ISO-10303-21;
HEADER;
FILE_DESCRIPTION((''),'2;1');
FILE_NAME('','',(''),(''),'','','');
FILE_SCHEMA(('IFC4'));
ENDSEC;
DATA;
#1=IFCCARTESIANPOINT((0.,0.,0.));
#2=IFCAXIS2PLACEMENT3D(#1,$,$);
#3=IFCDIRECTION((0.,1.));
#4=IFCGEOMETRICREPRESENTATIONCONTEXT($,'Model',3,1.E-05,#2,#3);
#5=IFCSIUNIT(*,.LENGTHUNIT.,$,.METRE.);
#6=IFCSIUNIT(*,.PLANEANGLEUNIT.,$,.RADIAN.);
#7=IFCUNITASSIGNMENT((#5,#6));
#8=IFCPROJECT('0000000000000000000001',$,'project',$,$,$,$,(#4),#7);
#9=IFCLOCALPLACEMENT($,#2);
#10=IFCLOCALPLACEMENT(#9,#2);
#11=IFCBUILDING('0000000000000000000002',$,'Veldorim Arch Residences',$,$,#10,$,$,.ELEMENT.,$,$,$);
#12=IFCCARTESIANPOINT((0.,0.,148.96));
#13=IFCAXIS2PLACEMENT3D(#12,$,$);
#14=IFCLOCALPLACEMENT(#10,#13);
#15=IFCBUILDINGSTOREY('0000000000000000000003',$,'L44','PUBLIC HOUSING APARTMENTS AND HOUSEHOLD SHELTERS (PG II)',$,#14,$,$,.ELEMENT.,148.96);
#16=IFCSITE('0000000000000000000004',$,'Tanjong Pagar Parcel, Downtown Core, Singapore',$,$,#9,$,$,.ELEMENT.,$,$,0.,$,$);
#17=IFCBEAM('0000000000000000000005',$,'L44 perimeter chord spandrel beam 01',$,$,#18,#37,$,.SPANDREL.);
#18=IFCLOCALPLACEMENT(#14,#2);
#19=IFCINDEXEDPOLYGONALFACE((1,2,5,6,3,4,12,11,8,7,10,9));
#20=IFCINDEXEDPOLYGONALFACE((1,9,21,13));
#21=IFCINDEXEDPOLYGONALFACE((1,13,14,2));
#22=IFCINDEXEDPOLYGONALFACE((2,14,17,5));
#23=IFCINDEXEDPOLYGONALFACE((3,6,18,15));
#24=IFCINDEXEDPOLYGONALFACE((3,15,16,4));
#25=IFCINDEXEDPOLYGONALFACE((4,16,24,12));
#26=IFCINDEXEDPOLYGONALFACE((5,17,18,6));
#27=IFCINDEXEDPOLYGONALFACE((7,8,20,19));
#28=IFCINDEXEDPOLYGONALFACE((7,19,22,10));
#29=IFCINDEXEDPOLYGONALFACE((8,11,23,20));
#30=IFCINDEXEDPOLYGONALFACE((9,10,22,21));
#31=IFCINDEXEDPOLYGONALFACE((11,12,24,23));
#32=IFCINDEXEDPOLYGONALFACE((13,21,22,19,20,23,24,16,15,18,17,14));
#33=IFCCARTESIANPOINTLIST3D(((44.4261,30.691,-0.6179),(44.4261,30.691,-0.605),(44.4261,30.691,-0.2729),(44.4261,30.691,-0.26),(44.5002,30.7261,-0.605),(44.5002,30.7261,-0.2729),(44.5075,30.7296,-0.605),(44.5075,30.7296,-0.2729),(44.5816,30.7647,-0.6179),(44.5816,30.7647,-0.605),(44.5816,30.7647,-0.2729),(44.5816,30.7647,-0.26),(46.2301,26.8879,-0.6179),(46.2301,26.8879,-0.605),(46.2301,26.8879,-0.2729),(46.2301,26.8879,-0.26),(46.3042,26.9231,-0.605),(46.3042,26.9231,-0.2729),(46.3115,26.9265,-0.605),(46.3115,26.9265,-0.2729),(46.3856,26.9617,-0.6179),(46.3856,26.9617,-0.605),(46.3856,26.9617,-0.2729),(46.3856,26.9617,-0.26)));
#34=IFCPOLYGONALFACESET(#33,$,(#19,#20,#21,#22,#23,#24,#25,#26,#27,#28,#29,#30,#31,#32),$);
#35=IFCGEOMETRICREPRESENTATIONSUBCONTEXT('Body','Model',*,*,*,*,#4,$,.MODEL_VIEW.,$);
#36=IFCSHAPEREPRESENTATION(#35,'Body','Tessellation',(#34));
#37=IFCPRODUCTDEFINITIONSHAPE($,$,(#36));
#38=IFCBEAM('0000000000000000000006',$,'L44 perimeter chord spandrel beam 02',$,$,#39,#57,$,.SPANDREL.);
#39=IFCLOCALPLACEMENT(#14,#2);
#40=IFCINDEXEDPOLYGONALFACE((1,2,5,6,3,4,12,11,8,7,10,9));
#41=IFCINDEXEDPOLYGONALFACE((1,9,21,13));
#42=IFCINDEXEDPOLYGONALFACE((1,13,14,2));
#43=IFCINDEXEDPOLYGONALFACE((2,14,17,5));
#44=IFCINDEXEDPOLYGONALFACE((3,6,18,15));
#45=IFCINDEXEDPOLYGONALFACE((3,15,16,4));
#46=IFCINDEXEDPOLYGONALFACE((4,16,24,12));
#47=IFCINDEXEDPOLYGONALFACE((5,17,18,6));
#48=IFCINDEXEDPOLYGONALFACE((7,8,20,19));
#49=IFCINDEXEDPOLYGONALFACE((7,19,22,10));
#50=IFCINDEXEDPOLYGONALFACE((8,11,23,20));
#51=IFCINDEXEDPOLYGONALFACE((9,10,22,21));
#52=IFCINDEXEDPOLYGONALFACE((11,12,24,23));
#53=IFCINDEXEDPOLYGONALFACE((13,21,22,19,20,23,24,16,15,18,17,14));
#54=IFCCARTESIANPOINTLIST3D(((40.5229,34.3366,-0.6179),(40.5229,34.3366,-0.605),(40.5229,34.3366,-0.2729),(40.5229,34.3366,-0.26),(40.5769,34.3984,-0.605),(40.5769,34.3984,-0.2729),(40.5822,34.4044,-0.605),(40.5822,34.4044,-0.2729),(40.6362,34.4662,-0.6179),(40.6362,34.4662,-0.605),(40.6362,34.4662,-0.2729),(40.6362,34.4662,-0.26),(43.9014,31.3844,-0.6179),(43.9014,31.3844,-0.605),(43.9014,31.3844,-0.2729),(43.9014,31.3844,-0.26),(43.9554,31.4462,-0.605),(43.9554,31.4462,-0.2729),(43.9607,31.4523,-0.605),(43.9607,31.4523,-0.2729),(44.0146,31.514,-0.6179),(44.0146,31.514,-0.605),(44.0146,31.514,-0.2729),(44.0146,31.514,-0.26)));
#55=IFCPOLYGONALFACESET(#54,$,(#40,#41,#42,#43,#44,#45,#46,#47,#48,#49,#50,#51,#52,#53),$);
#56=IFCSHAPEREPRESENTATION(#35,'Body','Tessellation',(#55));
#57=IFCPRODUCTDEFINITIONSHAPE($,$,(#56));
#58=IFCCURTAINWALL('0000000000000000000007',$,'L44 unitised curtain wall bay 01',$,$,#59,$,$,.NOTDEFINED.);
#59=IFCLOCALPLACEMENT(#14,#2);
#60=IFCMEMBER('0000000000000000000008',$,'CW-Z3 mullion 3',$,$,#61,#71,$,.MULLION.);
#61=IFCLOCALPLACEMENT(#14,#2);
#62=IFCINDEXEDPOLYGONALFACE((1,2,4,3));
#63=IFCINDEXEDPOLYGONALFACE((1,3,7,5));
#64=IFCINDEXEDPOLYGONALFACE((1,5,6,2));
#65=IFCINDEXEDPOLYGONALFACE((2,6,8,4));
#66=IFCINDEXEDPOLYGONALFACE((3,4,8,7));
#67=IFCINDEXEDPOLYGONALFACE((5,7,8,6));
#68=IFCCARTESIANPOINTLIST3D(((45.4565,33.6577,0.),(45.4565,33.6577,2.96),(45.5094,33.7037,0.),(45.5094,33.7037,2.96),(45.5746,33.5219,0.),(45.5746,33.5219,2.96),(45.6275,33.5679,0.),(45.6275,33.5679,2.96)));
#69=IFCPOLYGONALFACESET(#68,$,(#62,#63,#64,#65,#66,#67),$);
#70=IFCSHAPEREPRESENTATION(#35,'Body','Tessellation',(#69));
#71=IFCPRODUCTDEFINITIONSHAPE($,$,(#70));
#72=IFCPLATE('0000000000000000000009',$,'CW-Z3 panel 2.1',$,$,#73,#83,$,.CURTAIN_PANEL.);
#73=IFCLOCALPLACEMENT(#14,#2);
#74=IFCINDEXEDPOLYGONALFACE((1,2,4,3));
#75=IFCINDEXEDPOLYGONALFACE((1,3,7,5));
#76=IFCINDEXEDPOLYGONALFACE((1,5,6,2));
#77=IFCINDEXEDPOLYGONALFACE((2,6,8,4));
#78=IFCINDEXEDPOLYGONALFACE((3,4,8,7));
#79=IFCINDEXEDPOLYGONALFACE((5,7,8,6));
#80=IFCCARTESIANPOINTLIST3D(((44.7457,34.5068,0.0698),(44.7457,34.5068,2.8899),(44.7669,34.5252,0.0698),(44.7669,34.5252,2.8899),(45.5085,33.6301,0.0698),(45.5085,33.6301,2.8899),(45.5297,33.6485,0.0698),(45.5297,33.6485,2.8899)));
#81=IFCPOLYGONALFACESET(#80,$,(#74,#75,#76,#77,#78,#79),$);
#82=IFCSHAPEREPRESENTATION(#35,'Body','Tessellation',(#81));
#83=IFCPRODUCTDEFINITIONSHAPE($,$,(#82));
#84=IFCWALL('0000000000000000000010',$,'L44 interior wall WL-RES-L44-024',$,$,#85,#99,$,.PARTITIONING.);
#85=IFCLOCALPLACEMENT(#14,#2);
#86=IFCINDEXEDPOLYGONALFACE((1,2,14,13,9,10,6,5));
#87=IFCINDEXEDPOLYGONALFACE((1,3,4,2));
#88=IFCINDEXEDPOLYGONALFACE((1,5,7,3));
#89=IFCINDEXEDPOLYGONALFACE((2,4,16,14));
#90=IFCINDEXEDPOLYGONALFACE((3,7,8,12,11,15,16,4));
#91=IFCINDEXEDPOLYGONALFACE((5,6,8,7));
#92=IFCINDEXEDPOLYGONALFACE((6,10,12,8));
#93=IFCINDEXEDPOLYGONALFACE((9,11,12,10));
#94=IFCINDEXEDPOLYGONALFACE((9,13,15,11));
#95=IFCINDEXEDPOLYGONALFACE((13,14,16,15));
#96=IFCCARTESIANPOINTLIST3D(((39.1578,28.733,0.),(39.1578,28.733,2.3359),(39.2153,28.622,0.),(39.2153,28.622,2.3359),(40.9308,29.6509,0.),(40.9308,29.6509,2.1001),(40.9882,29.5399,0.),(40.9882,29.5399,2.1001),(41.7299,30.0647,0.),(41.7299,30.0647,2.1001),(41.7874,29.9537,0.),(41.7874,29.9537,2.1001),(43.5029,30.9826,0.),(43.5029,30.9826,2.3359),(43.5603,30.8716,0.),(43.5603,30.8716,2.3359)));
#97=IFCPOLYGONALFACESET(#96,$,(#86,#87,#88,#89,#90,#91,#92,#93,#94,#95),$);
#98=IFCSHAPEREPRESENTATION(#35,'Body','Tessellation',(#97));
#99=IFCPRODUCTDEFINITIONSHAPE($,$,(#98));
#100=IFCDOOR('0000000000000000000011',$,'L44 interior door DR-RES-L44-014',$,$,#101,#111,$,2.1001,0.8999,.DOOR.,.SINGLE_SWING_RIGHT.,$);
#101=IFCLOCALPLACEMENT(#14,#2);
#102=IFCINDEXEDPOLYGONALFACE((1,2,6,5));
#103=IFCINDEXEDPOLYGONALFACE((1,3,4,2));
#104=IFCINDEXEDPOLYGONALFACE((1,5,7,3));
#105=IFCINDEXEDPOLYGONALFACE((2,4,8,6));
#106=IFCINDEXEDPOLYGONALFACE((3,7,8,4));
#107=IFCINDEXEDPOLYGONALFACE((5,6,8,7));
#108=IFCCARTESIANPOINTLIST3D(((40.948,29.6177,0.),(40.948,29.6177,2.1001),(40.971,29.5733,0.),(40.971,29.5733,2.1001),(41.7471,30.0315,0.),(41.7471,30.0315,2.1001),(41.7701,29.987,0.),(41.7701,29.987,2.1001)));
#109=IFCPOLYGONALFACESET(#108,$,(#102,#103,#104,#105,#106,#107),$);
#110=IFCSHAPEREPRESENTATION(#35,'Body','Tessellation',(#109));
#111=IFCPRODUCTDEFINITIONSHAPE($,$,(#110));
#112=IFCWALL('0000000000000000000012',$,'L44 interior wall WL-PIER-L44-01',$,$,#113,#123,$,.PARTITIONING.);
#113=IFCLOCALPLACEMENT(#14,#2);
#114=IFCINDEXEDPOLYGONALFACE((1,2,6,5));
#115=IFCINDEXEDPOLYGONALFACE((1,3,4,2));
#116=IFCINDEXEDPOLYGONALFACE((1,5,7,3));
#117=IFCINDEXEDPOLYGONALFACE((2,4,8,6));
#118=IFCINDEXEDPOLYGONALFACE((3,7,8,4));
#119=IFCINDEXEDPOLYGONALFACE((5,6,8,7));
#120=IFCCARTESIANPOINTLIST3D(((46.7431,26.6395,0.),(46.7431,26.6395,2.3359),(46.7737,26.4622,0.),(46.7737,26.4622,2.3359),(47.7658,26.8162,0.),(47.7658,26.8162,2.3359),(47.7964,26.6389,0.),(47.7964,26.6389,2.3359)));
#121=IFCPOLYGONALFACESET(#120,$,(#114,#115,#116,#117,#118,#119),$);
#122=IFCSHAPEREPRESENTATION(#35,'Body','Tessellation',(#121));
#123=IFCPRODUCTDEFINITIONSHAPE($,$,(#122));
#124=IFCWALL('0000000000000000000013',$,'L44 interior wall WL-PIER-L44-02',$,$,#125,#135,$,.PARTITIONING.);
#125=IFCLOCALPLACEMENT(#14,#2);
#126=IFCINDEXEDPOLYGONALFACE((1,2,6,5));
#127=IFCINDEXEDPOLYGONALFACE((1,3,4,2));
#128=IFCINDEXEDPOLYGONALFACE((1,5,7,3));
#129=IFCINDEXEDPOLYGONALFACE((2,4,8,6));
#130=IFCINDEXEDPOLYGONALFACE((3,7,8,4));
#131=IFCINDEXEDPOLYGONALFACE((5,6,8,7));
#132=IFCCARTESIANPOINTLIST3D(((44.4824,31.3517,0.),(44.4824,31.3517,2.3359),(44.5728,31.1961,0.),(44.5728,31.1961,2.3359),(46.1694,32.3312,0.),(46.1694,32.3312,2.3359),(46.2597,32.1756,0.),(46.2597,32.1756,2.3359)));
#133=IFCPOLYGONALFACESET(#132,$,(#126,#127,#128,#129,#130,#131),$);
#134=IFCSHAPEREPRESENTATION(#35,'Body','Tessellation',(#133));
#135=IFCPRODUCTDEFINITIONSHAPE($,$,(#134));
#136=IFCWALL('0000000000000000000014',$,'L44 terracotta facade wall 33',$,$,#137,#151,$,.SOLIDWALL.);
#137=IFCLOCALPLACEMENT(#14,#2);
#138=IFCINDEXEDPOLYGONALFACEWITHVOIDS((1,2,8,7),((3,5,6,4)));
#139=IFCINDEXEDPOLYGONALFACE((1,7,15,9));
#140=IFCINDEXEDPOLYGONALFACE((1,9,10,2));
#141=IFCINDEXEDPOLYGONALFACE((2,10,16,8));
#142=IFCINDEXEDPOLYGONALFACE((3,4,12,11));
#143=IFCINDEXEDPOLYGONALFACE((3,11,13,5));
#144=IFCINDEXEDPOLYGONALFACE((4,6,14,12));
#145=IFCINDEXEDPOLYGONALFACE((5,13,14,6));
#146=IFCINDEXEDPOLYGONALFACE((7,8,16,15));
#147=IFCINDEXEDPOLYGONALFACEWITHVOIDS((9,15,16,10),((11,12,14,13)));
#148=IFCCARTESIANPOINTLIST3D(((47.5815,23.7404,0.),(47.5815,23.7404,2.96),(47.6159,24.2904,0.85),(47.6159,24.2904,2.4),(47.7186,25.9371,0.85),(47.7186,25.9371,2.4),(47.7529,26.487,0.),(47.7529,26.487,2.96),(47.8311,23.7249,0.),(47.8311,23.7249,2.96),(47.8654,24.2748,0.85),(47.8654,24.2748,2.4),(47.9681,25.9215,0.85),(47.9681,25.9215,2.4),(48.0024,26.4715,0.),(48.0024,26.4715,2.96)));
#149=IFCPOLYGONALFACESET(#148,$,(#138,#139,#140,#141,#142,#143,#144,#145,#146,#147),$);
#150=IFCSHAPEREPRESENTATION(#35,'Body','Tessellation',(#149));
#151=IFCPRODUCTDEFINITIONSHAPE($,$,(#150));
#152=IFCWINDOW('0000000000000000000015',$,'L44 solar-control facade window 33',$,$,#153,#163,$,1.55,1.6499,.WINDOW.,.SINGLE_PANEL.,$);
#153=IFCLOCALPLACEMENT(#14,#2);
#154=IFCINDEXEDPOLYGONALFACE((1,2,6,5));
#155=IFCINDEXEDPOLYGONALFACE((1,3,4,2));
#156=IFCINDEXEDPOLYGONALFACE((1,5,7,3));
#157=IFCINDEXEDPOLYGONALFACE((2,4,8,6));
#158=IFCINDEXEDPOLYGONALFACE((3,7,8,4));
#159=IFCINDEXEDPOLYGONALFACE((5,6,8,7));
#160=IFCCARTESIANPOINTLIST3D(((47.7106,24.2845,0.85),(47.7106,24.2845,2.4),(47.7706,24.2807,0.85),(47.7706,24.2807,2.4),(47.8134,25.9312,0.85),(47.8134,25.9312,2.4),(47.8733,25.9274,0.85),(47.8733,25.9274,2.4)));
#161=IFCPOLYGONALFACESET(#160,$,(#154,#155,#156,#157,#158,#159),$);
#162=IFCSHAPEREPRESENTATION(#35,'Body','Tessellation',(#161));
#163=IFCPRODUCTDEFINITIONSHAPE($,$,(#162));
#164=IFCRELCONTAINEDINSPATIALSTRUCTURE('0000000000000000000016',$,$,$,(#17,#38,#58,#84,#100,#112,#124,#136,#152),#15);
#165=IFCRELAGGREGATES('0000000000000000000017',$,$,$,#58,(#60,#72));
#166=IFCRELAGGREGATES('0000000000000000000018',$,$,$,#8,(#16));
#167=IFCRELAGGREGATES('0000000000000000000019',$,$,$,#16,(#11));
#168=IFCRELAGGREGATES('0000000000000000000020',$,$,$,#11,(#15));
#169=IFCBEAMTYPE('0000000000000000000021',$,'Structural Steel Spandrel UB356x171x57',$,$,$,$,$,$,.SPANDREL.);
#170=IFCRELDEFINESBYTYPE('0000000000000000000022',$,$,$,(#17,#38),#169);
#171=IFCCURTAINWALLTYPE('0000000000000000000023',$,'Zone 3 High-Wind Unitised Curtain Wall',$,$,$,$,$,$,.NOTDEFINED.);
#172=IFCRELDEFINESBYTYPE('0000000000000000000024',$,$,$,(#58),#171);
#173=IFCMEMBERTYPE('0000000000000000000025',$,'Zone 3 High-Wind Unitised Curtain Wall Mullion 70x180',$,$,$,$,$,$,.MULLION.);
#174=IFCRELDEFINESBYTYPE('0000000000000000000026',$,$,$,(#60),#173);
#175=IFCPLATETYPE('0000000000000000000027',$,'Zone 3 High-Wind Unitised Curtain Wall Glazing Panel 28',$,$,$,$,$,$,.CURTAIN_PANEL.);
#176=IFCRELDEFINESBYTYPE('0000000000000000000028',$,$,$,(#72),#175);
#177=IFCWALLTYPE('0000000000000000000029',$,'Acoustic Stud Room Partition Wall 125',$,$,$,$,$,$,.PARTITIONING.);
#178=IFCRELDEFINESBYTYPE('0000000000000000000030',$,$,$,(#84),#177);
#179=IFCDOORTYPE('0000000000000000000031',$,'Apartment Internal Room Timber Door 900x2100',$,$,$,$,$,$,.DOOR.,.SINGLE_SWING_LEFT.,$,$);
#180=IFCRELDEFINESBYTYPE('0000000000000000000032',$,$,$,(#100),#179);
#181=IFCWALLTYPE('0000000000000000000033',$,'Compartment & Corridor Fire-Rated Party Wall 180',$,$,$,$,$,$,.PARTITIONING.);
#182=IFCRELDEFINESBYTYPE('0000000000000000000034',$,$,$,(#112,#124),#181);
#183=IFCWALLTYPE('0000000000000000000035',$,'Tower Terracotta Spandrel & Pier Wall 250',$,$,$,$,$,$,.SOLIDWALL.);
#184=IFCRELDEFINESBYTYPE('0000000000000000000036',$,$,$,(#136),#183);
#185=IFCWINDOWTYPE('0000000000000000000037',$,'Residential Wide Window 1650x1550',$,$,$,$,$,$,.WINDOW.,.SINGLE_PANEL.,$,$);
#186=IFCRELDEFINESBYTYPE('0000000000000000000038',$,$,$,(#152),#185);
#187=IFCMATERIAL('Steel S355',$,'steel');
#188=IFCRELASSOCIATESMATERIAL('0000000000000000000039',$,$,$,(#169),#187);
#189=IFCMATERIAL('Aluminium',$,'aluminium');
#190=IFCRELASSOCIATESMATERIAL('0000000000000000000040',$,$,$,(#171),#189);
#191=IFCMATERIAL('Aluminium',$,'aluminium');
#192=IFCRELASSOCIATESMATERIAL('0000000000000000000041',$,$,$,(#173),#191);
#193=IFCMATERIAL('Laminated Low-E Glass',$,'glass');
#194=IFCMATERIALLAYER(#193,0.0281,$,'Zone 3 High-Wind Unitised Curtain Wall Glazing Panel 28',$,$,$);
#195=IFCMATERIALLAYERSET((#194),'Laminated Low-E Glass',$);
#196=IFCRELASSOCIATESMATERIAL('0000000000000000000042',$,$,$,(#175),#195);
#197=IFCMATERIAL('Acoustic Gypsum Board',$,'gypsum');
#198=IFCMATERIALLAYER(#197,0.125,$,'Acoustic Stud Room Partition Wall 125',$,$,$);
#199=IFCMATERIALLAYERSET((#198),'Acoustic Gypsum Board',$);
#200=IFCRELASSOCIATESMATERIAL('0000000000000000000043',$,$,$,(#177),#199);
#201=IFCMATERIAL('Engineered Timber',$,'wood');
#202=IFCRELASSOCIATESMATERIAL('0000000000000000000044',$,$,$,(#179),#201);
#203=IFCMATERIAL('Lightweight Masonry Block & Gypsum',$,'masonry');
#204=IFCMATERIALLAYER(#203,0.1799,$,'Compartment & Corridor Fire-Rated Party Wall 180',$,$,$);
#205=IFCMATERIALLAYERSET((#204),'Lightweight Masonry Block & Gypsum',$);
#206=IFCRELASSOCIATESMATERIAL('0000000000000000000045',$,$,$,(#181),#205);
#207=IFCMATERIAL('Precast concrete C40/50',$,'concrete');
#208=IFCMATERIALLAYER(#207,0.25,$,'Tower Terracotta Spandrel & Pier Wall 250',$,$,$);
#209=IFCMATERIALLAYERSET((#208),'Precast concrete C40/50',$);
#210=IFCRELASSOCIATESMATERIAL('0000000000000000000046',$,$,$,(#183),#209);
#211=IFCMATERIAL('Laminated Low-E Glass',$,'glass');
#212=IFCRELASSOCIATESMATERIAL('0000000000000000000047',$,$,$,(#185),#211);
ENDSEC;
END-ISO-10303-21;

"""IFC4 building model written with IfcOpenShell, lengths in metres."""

from ifc_helpers import new_model, si_unit, direction, frame, frame_2d, origin, origin_2d, place, context, subcontext, project, spatial, rectangle, i_section, extrude, material, layer, layer_set, material_profile, profile_set, type_object, element, fill, aggregate, save


model = new_model("IFC4")

# Units and contexts
model_context = context("Model", 3, precision=1e-05, world=origin(), true_north=direction((0.0, 1.0)))
body_context = subcontext(model_context, "Body", "Model", "MODEL_VIEW")
ifc_project = project(units=[si_unit("LENGTHUNIT", "METRE"), si_unit("PLANEANGLEUNIT", "RADIAN")], contexts=[model_context])

# Site, building, storey
site_placement = place(None, origin())
site = spatial("IfcSite", under=ifc_project, at=site_placement, Name="Tanjong Pagar Parcel, Downtown Core, Singapore", CompositionType="ELEMENT", RefElevation=0.0)
building_placement = place(site_placement, origin())
building = spatial("IfcBuilding", under=site, at=building_placement, Name="Veldorim Arch Residences", CompositionType="ELEMENT")
storey_placement = place(building_placement, frame((0.0, 0.0, 148.96)))
storey = spatial("IfcBuildingStorey", under=building, at=storey_placement, Name="L44", Description="PUBLIC HOUSING APARTMENTS AND HOUSEHOLD SHELTERS (PG II)", CompositionType="ELEMENT", Elevation=148.96)

# Beams
ifc_material_1 = material(Name="Steel S355", Category="steel")
ifc_material_profile_1 = material_profile(ifc_material_1, i_section(OverallWidth=0.1721, OverallDepth=0.3579, WebThickness=0.0081, FlangeThickness=0.0129, at=origin_2d()), Name="UB356x171x57")
ifc_profile_set_1 = profile_set([ifc_material_profile_1], Name="Steel S355")
beam_type_1 = type_object("IfcBeamType", Name="Structural Steel Spandrel UB356x171x57", PredefinedType="SPANDREL", material=ifc_profile_set_1)
beam_1_placement = place(storey_placement, frame((46.3079, 26.9248, -0.439), z_axis=(-0.42858, 0.903504, 0.0), x_axis=(-0.903504, -0.42858, 0.0)))
element("IfcBeam", 1, at=beam_1_placement, inside=storey, type_object=beam_type_1, Name="L44 perimeter chord spandrel beam 01", PredefinedType="SPANDREL", context=body_context, shape_type="SweptSolid", body=[
    extrude(i_section(OverallWidth=0.1721, OverallDepth=0.3579, WebThickness=0.0081, FlangeThickness=0.0129, at=origin_2d()), origin(), (0.0, 0.0, 1.0), 4.2092),
])
beam_2_placement = place(storey_placement, frame((43.958, 31.4492, -0.439), z_axis=(-0.753015, 0.658004, 0.0), x_axis=(-0.658004, -0.753015, 0.0)))
element("IfcBeam", 2, at=beam_2_placement, inside=storey, type_object=beam_type_1, Name="L44 perimeter chord spandrel beam 02", PredefinedType="SPANDREL", context=body_context, shape_type="SweptSolid", body=[
    extrude(i_section(OverallWidth=0.1721, OverallDepth=0.3579, WebThickness=0.0081, FlangeThickness=0.0129, at=origin_2d()), origin(), (0.0, 0.0, 1.0), 4.4866),
])

# Curtain wall, member, plate
ifc_material_2 = material(Name="Aluminium", Category="aluminium")
curtain_wall_type = type_object("IfcCurtainWallType", Name="Zone 3 High-Wind Unitised Curtain Wall", PredefinedType="NOTDEFINED", material=ifc_material_2)
curtain_wall_placement = place(storey_placement, origin())
curtain_wall = element("IfcCurtainWall", 3, at=curtain_wall_placement, inside=storey, type_object=curtain_wall_type, Name="L44 unitised curtain wall bay 01", PredefinedType="NOTDEFINED")
ifc_material_3 = material(Name="Aluminium", Category="aluminium")
ifc_material_profile_2 = material_profile(ifc_material_3, rectangle(XDim=0.0701, YDim=0.1799, at=origin_2d()), Name="ALU_MUL_70x180")
ifc_profile_set_2 = profile_set([ifc_material_profile_2], Name="Aluminium")
member_type = type_object("IfcMemberType", Name="Zone 3 High-Wind Unitised Curtain Wall Mullion 70x180", PredefinedType="MULLION", material=ifc_profile_set_2)
member_placement = place(storey_placement, frame((45.542, 33.6128, 0.0), z_axis=(0.0, 0.0, 1.0), x_axis=(0.7544, 0.656415, 0.0)))
member = element("IfcMember", 4, at=member_placement, type_object=member_type, Name="CW-Z3 mullion 3", PredefinedType="MULLION", context=body_context, shape_type="SweptSolid", body=[
    extrude(rectangle(XDim=0.0701, YDim=0.1799, at=origin_2d()), origin(), (0.0, 0.0, 1.0), 2.96),
])
ifc_material_4 = material(Name="Laminated Low-E Glass", Category="glass")
ifc_layer_1 = layer(ifc_material_4, 0.0281, Name="Zone 3 High-Wind Unitised Curtain Wall Glazing Panel 28")
ifc_layer_set_1 = layer_set([ifc_layer_1], Name="Laminated Low-E Glass")
plate_type = type_object("IfcPlateType", Name="Zone 3 High-Wind Unitised Curtain Wall Glazing Panel 28", PredefinedType="CURTAIN_PANEL", material=ifc_layer_set_1)
plate_placement = place(storey_placement, frame((45.1377, 34.0776, 0.0698), z_axis=(0.0, 0.0, 1.0), x_axis=(0.656415, -0.7544, 0.0)))
plate = element("IfcPlate", 5, at=plate_placement, type_object=plate_type, Name="CW-Z3 panel 2.1", PredefinedType="CURTAIN_PANEL", context=body_context, shape_type="SweptSolid", body=[
    extrude(rectangle(XDim=1.1621, YDim=0.0281, at=origin_2d()), origin(), (0.0, 0.0, 1.0), 2.8201),
])
aggregate(curtain_wall, [member, plate])

# Wall, opening, door
ifc_material_5 = material(Name="Acoustic Gypsum Board", Category="gypsum")
ifc_layer_2 = layer(ifc_material_5, 0.125, Name="Acoustic Stud Room Partition Wall 125")
ifc_layer_set_2 = layer_set([ifc_layer_2], Name="Acoustic Gypsum Board")
wall_type_1 = type_object("IfcWallType", Name="Acoustic Stud Room Partition Wall 125", PredefinedType="PARTITIONING", material=ifc_layer_set_2)
wall_1_placement = place(storey_placement, frame((43.5315, 30.927, 0.0), z_axis=(0.0, 0.0, 1.0), x_axis=(-0.888041, -0.459764, 0.0)))
wall_1 = element("IfcWall", 6, at=wall_1_placement, inside=storey, type_object=wall_type_1, Name="L44 interior wall WL-RES-L44-024", PredefinedType="PARTITIONING", context=body_context, shape_type="SweptSolid", body=[
    extrude(rectangle(XDim=4.8928, YDim=0.125, at=frame_2d((2.4463, 0.0))), origin(), (0.0, 0.0, 1.0), 2.3359),
])
opening_1_placement = place(wall_1_placement, frame((1.9963, 0.0, 0.0)))
opening_1 = element("IfcOpeningElement", 7, at=opening_1_placement, cuts=wall_1, PredefinedType="OPENING", context=body_context, shape_type="SweptSolid", body=[
    extrude(rectangle(XDim=0.8999, YDim=2.1001, at=frame_2d((0.45, 1.05))), frame((0.0, 0.0725, 0.0), z_axis=(0.0, -1.0, 0.0), x_axis=(1.0, 0.0, 0.0)), (0.0, 0.0, 1.0), 0.145),
])
ifc_material_6 = material(Name="Engineered Timber", Category="wood")
door_type = type_object("IfcDoorType", Name="Apartment Internal Room Timber Door 900x2100", OperationType="SINGLE_SWING_LEFT", PredefinedType="DOOR", material=ifc_material_6)
door_placement = place(opening_1_placement, origin())
door = element("IfcDoor", 8, at=door_placement, inside=storey, type_object=door_type, Name="L44 interior door DR-RES-L44-014", OperationType="SINGLE_SWING_RIGHT", OverallHeight=2.1001, OverallWidth=0.8999, PredefinedType="DOOR", context=body_context, shape_type="SweptSolid", body=[
    extrude(rectangle(XDim=0.8999, YDim=2.1001, at=frame_2d((0.45, 1.05))), frame((0.0, 0.0249, 0.0), z_axis=(0.0, -1.0, 0.0), x_axis=(1.0, 0.0, 0.0)), (0.0, 0.0, 1.0), 0.05),
])
fill(opening_1, door)

# Walls
ifc_material_7 = material(Name="Lightweight Masonry Block & Gypsum", Category="masonry")
ifc_layer_3 = layer(ifc_material_7, 0.1799, Name="Compartment & Corridor Fire-Rated Party Wall 180")
ifc_layer_set_3 = layer_set([ifc_layer_3], Name="Lightweight Masonry Block & Gypsum")
wall_type_2 = type_object("IfcWallType", Name="Compartment & Corridor Fire-Rated Party Wall 180", PredefinedType="PARTITIONING", material=ifc_layer_set_3)
wall_2_placement = place(storey_placement, frame((46.7583, 26.5508, 0.0), z_axis=(0.0, 0.0, 1.0), x_axis=(0.985391, 0.170309, 0.0)))
element("IfcWall", 9, at=wall_2_placement, inside=storey, type_object=wall_type_2, Name="L44 interior wall WL-PIER-L44-01", PredefinedType="PARTITIONING", context=body_context, shape_type="SweptSolid", body=[
    extrude(rectangle(XDim=1.0378, YDim=0.1799, at=frame_2d((0.519, 0.0))), origin(), (0.0, 0.0, 1.0), 2.3359),
])
wall_3_placement = place(storey_placement, frame((44.5276, 31.2739, 0.0), z_axis=(0.0, 0.0, 1.0), x_axis=(0.864803, 0.502111, 0.0)))
element("IfcWall", 10, at=wall_3_placement, inside=storey, type_object=wall_type_2, Name="L44 interior wall WL-PIER-L44-02", PredefinedType="PARTITIONING", context=body_context, shape_type="SweptSolid", body=[
    extrude(rectangle(XDim=1.9507, YDim=0.1799, at=frame_2d((0.9753, 0.0))), origin(), (0.0, 0.0, 1.0), 2.3359),
])

# Wall, opening, window
ifc_material_8 = material(Name="Precast concrete C40/50", Category="concrete")
ifc_layer_4 = layer(ifc_material_8, 0.25, Name="Tower Terracotta Spandrel & Pier Wall 250")
ifc_layer_set_4 = layer_set([ifc_layer_4], Name="Precast concrete C40/50")
wall_type_3 = type_object("IfcWallType", Name="Tower Terracotta Spandrel & Pier Wall 250", PredefinedType="SOLIDWALL", material=ifc_layer_set_4)
wall_4_placement = place(storey_placement, frame((47.8777, 26.4792, 0.0), z_axis=(0.0, 0.0, 1.0), x_axis=(-0.062279, -0.998059, 0.0)))
wall_4 = element("IfcWall", 11, at=wall_4_placement, inside=storey, type_object=wall_type_3, Name="L44 terracotta facade wall 33", PredefinedType="SOLIDWALL", context=body_context, shape_type="SweptSolid", body=[
    extrude(rectangle(XDim=2.752, YDim=0.25, at=frame_2d((1.376, 0.0))), origin(), (0.0, 0.0, 1.0), 2.96),
])
opening_2_placement = place(wall_4_placement, frame((0.551, 0.0, 0.8501)))
opening_2 = element("IfcOpeningElement", 12, at=opening_2_placement, cuts=wall_4, PredefinedType="OPENING", context=body_context, shape_type="SweptSolid", body=[
    extrude(rectangle(XDim=1.6499, YDim=1.55, at=frame_2d((0.825, 0.7749))), frame((0.0, 0.135, 0.0), z_axis=(0.0, -1.0, 0.0), x_axis=(1.0, 0.0, 0.0)), (0.0, 0.0, 1.0), 0.27),
])
ifc_material_9 = material(Name="Laminated Low-E Glass", Category="glass")
window_type = type_object("IfcWindowType", Name="Residential Wide Window 1650x1550", PartitioningType="SINGLE_PANEL", PredefinedType="WINDOW", material=ifc_material_9)
window_1_placement = place(opening_2_placement, origin())
window_1 = element("IfcWindow", 13, at=window_1_placement, inside=storey, type_object=window_type, Name="L44 solar-control facade window 33", OverallHeight=1.55, OverallWidth=1.6499, PartitioningType="SINGLE_PANEL", PredefinedType="WINDOW", context=body_context, shape_type="SweptSolid", body=[
    extrude(rectangle(XDim=1.6499, YDim=1.55, at=frame_2d((0.825, 0.7749))), frame((0.0, 0.03, 0.0), z_axis=(0.0, -1.0, 0.0), x_axis=(1.0, 0.0, 0.0)), (0.0, 0.0, 1.0), 0.0601),
])
fill(opening_2, window_1)

save(model, "model.ifc")
